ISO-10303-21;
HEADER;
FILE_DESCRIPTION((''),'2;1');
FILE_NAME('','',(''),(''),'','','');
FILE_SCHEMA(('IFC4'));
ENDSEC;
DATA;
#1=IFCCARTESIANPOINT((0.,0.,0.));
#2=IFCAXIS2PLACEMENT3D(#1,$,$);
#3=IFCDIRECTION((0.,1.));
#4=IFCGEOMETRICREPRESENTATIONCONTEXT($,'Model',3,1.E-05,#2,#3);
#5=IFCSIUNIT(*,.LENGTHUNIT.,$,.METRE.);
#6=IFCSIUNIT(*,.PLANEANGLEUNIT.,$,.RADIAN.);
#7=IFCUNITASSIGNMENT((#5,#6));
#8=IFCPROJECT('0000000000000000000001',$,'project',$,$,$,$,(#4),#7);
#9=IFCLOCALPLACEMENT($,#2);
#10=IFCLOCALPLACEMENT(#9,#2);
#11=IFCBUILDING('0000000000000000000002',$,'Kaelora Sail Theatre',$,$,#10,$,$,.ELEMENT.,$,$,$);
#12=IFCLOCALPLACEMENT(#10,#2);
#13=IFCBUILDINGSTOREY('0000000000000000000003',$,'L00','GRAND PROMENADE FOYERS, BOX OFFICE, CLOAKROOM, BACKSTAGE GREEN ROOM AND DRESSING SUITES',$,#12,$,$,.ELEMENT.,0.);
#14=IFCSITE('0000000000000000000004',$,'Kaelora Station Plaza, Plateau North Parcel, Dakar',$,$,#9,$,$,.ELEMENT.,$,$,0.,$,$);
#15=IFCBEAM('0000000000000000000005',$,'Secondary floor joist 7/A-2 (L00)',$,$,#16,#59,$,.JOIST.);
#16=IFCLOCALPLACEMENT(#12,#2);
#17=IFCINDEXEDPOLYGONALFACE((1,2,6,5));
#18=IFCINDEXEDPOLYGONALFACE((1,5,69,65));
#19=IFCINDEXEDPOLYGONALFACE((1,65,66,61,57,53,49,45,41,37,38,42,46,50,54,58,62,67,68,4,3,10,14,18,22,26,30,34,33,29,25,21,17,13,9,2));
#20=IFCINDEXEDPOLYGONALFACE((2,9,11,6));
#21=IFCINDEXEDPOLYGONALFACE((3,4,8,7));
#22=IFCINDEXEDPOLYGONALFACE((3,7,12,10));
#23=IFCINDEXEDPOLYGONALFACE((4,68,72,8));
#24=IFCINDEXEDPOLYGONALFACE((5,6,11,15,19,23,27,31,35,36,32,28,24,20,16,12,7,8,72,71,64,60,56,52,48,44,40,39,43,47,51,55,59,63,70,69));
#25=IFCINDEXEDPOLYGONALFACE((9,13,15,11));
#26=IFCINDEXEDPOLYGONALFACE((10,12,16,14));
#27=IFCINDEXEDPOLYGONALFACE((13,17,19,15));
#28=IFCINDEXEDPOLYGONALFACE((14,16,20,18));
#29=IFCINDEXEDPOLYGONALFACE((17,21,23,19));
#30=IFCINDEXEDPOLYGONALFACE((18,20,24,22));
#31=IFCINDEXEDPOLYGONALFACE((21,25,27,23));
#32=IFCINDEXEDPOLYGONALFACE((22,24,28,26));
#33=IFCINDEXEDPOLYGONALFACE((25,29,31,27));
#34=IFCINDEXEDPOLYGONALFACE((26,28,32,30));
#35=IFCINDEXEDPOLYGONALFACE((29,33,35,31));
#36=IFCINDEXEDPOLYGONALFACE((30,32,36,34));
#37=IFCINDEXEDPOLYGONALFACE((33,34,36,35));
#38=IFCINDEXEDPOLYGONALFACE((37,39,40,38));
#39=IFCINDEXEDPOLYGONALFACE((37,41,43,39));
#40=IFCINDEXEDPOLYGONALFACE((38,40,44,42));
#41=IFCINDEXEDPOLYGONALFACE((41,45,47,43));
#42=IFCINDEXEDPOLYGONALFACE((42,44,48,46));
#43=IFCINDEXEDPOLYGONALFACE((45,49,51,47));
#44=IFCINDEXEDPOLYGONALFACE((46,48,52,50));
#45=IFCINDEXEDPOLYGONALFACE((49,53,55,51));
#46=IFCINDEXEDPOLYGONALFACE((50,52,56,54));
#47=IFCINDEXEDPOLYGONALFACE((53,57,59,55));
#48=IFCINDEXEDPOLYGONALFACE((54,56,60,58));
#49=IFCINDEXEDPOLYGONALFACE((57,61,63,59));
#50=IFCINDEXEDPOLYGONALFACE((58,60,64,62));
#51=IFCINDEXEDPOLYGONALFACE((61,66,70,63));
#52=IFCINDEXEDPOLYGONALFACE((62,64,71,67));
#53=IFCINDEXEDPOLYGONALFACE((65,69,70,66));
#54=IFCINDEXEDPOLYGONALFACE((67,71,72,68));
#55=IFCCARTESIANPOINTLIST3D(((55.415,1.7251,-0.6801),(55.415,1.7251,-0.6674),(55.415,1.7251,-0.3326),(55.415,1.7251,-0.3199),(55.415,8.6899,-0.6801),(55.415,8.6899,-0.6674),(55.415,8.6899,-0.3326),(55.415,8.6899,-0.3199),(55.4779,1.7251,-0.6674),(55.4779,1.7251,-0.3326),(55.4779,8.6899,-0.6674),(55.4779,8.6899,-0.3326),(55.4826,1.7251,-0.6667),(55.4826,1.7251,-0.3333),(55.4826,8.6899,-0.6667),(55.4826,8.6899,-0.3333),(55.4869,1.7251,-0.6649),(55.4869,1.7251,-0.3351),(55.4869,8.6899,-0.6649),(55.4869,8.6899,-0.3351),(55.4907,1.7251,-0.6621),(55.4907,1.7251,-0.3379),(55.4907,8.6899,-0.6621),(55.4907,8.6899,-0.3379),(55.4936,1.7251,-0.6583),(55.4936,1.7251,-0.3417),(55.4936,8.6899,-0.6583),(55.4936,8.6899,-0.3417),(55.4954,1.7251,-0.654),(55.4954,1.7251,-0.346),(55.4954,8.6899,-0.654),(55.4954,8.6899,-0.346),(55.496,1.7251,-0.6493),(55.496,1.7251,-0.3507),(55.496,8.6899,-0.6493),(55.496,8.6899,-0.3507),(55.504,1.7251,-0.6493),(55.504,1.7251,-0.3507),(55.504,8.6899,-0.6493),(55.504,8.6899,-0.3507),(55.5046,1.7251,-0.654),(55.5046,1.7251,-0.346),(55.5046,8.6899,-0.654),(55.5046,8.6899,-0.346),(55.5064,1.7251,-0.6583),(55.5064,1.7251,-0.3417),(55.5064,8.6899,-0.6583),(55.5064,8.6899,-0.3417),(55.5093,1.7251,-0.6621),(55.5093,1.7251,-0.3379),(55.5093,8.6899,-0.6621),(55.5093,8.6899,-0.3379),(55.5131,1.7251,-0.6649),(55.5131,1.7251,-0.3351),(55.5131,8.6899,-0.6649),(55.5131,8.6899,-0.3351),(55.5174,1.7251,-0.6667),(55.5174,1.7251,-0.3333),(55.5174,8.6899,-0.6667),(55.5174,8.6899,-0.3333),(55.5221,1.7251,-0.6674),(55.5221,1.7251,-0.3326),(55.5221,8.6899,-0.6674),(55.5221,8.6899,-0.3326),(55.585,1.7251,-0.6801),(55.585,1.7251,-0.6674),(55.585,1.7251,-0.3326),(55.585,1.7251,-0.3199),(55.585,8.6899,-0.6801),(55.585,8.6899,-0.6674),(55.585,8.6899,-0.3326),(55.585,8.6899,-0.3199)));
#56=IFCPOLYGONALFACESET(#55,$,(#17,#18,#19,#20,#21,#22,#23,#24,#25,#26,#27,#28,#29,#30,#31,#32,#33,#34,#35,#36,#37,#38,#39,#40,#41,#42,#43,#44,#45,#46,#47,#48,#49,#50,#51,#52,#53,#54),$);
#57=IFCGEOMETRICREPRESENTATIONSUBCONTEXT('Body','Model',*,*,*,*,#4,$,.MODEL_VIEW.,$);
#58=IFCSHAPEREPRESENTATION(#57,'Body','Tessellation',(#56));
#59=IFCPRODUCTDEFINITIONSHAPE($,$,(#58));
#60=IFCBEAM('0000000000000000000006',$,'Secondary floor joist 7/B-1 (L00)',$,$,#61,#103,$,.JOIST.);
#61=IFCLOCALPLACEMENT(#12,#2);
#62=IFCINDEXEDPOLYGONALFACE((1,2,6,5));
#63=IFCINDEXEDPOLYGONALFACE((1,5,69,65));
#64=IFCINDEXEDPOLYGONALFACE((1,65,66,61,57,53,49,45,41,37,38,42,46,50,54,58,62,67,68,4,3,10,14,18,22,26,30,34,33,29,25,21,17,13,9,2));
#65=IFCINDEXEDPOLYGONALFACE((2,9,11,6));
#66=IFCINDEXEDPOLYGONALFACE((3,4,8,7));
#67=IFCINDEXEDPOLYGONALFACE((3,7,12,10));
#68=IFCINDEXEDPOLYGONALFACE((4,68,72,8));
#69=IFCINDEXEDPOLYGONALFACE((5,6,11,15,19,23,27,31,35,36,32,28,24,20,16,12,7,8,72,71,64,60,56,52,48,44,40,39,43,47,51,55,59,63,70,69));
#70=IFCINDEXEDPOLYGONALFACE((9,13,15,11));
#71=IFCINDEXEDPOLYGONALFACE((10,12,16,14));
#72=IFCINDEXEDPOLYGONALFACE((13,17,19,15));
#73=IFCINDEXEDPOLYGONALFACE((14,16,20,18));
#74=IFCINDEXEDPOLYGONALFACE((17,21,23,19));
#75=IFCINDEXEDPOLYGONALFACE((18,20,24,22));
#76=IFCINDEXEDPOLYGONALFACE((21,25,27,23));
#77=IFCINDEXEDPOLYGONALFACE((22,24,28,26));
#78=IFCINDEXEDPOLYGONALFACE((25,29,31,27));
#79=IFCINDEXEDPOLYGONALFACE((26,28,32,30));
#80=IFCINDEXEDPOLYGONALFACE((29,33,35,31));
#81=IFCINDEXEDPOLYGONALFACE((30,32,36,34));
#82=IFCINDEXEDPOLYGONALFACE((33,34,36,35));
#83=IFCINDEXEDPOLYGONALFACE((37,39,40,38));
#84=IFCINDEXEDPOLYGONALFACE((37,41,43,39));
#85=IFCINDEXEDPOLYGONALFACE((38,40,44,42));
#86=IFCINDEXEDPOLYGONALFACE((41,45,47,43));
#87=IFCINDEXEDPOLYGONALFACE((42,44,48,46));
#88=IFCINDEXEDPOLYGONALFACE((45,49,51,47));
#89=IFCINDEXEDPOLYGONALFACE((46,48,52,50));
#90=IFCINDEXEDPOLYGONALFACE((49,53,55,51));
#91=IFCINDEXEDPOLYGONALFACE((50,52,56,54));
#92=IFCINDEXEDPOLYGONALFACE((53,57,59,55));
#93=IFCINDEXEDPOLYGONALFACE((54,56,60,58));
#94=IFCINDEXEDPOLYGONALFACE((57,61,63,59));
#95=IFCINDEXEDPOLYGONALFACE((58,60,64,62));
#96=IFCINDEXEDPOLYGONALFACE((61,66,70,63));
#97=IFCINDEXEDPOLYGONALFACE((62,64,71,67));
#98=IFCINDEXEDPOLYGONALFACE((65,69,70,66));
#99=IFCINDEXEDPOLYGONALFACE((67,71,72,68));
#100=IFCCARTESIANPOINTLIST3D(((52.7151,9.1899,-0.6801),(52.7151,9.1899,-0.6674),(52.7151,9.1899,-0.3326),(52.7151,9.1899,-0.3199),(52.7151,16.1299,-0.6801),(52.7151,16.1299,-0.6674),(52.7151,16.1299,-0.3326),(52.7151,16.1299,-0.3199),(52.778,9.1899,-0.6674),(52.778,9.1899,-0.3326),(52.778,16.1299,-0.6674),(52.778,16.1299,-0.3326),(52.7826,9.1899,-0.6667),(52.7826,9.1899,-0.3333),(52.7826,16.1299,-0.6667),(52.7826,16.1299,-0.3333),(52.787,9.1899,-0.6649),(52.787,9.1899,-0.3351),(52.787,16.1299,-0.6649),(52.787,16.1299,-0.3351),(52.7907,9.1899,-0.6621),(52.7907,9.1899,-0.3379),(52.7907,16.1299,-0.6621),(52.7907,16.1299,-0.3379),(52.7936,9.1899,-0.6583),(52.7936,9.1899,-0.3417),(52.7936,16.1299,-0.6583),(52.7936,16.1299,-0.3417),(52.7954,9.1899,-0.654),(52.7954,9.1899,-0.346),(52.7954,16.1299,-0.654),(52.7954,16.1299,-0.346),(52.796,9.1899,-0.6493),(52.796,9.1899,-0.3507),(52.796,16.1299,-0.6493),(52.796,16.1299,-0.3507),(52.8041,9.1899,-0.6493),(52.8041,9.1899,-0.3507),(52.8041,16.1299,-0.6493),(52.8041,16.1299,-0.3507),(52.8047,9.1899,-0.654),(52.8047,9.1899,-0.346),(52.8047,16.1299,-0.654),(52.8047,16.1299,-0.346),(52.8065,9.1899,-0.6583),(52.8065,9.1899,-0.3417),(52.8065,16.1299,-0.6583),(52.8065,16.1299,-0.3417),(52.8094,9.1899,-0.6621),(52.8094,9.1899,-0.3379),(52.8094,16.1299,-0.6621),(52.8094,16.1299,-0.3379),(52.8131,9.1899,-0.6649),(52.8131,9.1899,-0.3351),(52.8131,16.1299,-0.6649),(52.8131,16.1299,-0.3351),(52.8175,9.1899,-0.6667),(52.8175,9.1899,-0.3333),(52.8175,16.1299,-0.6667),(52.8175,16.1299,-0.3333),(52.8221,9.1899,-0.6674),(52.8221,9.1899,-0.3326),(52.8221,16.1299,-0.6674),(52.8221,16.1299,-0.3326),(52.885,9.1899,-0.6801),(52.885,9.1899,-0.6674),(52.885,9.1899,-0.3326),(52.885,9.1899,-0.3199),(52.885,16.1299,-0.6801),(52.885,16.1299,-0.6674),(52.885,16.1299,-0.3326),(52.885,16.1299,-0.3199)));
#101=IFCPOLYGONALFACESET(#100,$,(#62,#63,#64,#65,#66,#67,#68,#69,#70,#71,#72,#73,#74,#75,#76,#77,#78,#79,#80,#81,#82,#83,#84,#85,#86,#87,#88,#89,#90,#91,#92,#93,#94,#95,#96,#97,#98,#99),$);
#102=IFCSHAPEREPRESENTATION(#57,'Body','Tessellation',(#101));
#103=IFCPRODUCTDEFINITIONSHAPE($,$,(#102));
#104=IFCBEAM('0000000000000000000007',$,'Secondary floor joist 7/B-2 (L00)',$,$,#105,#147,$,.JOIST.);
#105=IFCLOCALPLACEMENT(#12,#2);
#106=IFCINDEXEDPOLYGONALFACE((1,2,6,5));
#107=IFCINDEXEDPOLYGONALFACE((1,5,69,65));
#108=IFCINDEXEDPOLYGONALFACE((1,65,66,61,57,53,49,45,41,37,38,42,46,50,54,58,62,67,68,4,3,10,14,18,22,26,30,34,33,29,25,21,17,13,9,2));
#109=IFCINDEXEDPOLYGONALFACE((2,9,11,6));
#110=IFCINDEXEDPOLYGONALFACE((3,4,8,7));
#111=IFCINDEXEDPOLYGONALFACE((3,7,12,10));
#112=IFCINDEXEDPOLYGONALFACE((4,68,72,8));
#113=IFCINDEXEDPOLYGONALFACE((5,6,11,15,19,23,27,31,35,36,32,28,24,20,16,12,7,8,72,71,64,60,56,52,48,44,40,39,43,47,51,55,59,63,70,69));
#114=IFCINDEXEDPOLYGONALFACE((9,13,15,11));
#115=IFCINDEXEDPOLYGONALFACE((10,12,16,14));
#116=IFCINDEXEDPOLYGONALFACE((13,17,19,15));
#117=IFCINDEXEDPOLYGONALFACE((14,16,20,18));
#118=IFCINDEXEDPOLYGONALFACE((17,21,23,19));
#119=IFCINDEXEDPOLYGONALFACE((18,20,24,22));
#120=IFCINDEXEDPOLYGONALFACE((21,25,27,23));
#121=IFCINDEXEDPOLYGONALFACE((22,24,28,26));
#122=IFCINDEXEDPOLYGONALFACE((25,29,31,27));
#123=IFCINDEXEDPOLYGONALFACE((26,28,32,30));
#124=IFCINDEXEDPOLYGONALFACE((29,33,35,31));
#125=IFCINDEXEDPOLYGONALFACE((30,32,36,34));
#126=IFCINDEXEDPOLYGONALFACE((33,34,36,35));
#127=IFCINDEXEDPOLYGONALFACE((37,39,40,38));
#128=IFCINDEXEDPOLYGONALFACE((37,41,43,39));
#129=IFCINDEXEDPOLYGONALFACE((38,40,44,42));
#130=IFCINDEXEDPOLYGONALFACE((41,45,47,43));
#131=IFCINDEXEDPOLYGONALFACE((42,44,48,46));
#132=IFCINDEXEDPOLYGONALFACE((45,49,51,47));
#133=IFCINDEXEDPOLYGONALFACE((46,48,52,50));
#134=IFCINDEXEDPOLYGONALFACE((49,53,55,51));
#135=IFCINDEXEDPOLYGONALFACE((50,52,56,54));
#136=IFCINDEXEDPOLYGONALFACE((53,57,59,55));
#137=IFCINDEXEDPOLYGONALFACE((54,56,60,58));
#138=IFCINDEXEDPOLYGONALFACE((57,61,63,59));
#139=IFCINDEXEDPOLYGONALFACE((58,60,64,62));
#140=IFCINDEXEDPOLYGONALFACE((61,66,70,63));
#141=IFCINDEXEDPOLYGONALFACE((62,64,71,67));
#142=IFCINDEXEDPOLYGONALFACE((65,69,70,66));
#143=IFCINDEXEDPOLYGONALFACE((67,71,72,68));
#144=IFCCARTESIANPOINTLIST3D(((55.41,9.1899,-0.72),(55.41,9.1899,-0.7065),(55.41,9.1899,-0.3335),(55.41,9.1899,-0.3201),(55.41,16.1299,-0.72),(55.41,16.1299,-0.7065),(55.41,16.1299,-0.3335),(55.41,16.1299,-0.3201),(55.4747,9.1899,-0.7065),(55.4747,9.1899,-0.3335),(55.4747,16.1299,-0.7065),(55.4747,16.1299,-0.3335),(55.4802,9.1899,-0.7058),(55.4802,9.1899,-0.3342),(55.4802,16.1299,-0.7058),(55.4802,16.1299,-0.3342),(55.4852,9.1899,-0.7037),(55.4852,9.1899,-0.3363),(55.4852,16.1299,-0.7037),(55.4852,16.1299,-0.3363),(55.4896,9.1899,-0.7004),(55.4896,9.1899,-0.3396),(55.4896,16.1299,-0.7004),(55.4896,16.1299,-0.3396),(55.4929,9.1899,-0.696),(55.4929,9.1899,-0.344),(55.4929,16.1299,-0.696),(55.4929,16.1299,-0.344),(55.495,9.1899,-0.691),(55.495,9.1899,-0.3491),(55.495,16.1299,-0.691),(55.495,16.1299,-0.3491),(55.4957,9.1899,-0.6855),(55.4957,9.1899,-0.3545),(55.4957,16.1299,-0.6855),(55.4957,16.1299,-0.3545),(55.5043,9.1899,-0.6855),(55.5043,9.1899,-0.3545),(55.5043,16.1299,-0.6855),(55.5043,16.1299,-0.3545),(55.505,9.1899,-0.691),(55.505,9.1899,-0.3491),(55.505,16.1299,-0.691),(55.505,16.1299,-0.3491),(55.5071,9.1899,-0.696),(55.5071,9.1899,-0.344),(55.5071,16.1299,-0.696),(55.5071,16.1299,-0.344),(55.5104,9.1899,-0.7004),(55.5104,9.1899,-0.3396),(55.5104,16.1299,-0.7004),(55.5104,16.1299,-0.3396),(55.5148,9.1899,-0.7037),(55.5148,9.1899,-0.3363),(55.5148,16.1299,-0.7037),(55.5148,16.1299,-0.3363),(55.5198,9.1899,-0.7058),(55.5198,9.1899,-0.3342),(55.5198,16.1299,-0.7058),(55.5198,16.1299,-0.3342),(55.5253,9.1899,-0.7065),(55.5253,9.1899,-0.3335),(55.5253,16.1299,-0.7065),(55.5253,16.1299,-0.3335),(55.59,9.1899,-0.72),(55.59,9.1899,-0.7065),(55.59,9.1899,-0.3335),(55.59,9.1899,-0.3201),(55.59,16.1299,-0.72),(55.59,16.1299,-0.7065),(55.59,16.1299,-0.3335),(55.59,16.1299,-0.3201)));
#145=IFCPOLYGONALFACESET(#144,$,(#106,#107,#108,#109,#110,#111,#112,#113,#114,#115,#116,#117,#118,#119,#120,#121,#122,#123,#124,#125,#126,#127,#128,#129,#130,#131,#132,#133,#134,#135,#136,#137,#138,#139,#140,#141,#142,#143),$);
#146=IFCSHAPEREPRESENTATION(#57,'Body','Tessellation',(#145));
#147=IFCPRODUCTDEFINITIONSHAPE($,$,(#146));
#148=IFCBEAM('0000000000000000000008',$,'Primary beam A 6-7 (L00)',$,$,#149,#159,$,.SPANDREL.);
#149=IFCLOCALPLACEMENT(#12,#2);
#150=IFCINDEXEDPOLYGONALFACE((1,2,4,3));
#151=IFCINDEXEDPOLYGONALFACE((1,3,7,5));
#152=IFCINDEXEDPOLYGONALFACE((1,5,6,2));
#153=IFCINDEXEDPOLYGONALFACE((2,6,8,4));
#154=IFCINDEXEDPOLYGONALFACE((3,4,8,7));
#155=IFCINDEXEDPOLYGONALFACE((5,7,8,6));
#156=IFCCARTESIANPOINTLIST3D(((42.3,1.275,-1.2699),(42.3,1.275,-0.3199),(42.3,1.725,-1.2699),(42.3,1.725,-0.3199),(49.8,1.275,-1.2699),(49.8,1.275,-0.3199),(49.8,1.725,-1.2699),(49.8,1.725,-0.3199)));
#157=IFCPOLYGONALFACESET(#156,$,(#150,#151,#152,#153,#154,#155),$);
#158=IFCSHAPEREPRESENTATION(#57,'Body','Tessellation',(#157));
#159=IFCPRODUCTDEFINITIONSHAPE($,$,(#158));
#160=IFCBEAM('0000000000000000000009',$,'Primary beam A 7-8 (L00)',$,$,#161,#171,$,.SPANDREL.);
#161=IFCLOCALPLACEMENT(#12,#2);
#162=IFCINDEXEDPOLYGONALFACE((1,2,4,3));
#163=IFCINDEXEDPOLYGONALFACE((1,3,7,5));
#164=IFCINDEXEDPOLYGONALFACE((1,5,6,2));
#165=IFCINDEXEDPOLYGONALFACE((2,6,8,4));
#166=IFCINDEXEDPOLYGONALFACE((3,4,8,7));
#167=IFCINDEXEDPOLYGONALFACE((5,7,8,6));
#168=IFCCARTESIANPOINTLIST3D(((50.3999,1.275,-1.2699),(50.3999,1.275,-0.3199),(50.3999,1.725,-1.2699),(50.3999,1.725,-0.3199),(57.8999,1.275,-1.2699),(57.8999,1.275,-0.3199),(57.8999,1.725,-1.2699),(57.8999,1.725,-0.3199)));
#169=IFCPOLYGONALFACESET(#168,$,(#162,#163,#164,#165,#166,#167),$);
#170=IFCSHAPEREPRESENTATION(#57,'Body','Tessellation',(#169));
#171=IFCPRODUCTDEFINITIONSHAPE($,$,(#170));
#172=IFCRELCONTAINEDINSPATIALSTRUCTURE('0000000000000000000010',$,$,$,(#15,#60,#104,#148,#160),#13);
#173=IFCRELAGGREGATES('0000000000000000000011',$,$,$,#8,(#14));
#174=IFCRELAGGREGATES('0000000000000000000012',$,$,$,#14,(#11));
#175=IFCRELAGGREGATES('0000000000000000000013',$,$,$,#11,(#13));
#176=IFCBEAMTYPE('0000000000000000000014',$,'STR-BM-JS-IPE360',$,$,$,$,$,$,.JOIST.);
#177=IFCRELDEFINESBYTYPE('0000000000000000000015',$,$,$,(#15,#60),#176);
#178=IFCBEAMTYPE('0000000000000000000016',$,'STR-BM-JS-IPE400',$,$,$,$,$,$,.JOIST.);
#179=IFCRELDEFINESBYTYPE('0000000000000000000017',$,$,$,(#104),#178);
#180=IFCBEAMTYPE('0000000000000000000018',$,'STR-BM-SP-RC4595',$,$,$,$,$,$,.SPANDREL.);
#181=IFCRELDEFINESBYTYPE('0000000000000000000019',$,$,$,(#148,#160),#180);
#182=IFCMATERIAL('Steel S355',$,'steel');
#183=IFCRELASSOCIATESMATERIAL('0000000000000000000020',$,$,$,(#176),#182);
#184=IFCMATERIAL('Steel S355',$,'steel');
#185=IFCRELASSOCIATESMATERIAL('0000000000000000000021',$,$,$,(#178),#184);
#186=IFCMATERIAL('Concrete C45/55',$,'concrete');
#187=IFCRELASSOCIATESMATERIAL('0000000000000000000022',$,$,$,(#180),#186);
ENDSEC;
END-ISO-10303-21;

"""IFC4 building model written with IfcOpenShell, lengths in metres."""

from ifc_helpers import new_model, si_unit, direction, frame, origin, origin_2d, place, context, subcontext, project, spatial, rectangle, i_section, extrude, material, material_profile, profile_set, type_object, element, save


model = new_model("IFC4")

# Units and contexts
model_context = context("Model", 3, precision=1e-05, world=origin(), true_north=direction((0.0, 1.0)))
body_context = subcontext(model_context, "Body", "Model", "MODEL_VIEW")
ifc_project = project(units=[si_unit("LENGTHUNIT", "METRE"), si_unit("PLANEANGLEUNIT", "RADIAN")], contexts=[model_context])

# Site, building, storey
site_placement = place(None, origin())
site = spatial("IfcSite", under=ifc_project, at=site_placement, Name="Kaelora Station Plaza, Plateau North Parcel, Dakar", CompositionType="ELEMENT", RefElevation=0.0)
building_placement = place(site_placement, origin())
building = spatial("IfcBuilding", under=site, at=building_placement, Name="Kaelora Sail Theatre", CompositionType="ELEMENT")
storey_placement = place(building_placement, origin())
storey = spatial("IfcBuildingStorey", under=building, at=storey_placement, Name="L00", Description="GRAND PROMENADE FOYERS, BOX OFFICE, CLOAKROOM, BACKSTAGE GREEN ROOM AND DRESSING SUITES", CompositionType="ELEMENT", Elevation=0.0)

# Beams
ifc_material_1 = material(Name="Steel S355", Category="steel")
ifc_material_profile_1 = material_profile(ifc_material_1, i_section(OverallWidth=0.1699, OverallDepth=0.3601, WebThickness=0.0081, FlangeThickness=0.0127, FilletRadius=0.0181, at=origin_2d()), Name="IPE 360")
ifc_profile_set_1 = profile_set([ifc_material_profile_1], Name="Steel S355")
beam_type_1 = type_object("IfcBeamType", Name="STR-BM-JS-IPE360", PredefinedType="JOIST", material=ifc_profile_set_1)
beam_1_placement = place(storey_placement, frame((55.5, 1.7251, -0.5), z_axis=(0.0, 1.0, 0.0), x_axis=(-1.0, 0.0, 0.0)))
element("IfcBeam", 1, at=beam_1_placement, inside=storey, type_object=beam_type_1, Name="Secondary floor joist 7/A-2 (L00)", PredefinedType="JOIST", context=body_context, shape_type="SweptSolid", body=[
    extrude(i_section(OverallWidth=0.1699, OverallDepth=0.3601, WebThickness=0.0081, FlangeThickness=0.0127, FilletRadius=0.0181, at=origin_2d()), origin(), (0.0, 0.0, 1.0), 6.9648),
])
beam_2_placement = place(storey_placement, frame((52.8, 9.1899, -0.5), z_axis=(0.0, 1.0, 0.0), x_axis=(-1.0, 0.0, 0.0)))
element("IfcBeam", 2, at=beam_2_placement, inside=storey, type_object=beam_type_1, Name="Secondary floor joist 7/B-1 (L00)", PredefinedType="JOIST", context=body_context, shape_type="SweptSolid", body=[
    extrude(i_section(OverallWidth=0.1699, OverallDepth=0.3601, WebThickness=0.0081, FlangeThickness=0.0127, FilletRadius=0.0181, at=origin_2d()), origin(), (0.0, 0.0, 1.0), 6.9399),
])
ifc_material_2 = material(Name="Steel S355", Category="steel")
ifc_material_profile_2 = material_profile(ifc_material_2, i_section(OverallWidth=0.1799, OverallDepth=0.3999, WebThickness=0.0085, FlangeThickness=0.0134, FilletRadius=0.021, at=origin_2d()), Name="IPE 400")
ifc_profile_set_2 = profile_set([ifc_material_profile_2], Name="Steel S355")
beam_type_2 = type_object("IfcBeamType", Name="STR-BM-JS-IPE400", PredefinedType="JOIST", material=ifc_profile_set_2)
beam_3_placement = place(storey_placement, frame((55.5, 9.1899, -0.52), z_axis=(0.0, 1.0, 0.0), x_axis=(-1.0, 0.0, 0.0)))
element("IfcBeam", 3, at=beam_3_placement, inside=storey, type_object=beam_type_2, Name="Secondary floor joist 7/B-2 (L00)", PredefinedType="JOIST", context=body_context, shape_type="SweptSolid", body=[
    extrude(i_section(OverallWidth=0.1799, OverallDepth=0.3999, WebThickness=0.0085, FlangeThickness=0.0134, FilletRadius=0.021, at=origin_2d()), origin(), (0.0, 0.0, 1.0), 6.9399),
])
ifc_material_3 = material(Name="Concrete C45/55", Category="concrete")
ifc_material_profile_3 = material_profile(ifc_material_3, rectangle(XDim=0.45, YDim=0.95, at=origin_2d()), Name="RC-SPN 450x950")
ifc_profile_set_3 = profile_set([ifc_material_profile_3], Name="Concrete C45/55")
beam_type_3 = type_object("IfcBeamType", Name="STR-BM-SP-RC4595", PredefinedType="SPANDREL", material=ifc_profile_set_3)
for number, where, z_axis, x_axis, name in (
    (4, (42.3, 1.5, -0.7949), (1.0, 0.0, 0.0), (0.0, 1.0, 0.0), "Primary beam A 6-7 (L00)"),
    (5, (50.3999, 1.5, -0.7949), (1.0, 0.0, 0.0), (0.0, 1.0, 0.0), "Primary beam A 7-8 (L00)"),
):
    element("IfcBeam", number, at=place(storey_placement, frame(where, z_axis=z_axis, x_axis=x_axis)), inside=storey, type_object=beam_type_3, Name=name, PredefinedType="SPANDREL", context=body_context, shape_type="SweptSolid", body=[
        extrude(rectangle(XDim=0.45, YDim=0.95, at=origin_2d()), origin(), (0.0, 0.0, 1.0), 7.5),
    ])

save(model, "model.ifc")
